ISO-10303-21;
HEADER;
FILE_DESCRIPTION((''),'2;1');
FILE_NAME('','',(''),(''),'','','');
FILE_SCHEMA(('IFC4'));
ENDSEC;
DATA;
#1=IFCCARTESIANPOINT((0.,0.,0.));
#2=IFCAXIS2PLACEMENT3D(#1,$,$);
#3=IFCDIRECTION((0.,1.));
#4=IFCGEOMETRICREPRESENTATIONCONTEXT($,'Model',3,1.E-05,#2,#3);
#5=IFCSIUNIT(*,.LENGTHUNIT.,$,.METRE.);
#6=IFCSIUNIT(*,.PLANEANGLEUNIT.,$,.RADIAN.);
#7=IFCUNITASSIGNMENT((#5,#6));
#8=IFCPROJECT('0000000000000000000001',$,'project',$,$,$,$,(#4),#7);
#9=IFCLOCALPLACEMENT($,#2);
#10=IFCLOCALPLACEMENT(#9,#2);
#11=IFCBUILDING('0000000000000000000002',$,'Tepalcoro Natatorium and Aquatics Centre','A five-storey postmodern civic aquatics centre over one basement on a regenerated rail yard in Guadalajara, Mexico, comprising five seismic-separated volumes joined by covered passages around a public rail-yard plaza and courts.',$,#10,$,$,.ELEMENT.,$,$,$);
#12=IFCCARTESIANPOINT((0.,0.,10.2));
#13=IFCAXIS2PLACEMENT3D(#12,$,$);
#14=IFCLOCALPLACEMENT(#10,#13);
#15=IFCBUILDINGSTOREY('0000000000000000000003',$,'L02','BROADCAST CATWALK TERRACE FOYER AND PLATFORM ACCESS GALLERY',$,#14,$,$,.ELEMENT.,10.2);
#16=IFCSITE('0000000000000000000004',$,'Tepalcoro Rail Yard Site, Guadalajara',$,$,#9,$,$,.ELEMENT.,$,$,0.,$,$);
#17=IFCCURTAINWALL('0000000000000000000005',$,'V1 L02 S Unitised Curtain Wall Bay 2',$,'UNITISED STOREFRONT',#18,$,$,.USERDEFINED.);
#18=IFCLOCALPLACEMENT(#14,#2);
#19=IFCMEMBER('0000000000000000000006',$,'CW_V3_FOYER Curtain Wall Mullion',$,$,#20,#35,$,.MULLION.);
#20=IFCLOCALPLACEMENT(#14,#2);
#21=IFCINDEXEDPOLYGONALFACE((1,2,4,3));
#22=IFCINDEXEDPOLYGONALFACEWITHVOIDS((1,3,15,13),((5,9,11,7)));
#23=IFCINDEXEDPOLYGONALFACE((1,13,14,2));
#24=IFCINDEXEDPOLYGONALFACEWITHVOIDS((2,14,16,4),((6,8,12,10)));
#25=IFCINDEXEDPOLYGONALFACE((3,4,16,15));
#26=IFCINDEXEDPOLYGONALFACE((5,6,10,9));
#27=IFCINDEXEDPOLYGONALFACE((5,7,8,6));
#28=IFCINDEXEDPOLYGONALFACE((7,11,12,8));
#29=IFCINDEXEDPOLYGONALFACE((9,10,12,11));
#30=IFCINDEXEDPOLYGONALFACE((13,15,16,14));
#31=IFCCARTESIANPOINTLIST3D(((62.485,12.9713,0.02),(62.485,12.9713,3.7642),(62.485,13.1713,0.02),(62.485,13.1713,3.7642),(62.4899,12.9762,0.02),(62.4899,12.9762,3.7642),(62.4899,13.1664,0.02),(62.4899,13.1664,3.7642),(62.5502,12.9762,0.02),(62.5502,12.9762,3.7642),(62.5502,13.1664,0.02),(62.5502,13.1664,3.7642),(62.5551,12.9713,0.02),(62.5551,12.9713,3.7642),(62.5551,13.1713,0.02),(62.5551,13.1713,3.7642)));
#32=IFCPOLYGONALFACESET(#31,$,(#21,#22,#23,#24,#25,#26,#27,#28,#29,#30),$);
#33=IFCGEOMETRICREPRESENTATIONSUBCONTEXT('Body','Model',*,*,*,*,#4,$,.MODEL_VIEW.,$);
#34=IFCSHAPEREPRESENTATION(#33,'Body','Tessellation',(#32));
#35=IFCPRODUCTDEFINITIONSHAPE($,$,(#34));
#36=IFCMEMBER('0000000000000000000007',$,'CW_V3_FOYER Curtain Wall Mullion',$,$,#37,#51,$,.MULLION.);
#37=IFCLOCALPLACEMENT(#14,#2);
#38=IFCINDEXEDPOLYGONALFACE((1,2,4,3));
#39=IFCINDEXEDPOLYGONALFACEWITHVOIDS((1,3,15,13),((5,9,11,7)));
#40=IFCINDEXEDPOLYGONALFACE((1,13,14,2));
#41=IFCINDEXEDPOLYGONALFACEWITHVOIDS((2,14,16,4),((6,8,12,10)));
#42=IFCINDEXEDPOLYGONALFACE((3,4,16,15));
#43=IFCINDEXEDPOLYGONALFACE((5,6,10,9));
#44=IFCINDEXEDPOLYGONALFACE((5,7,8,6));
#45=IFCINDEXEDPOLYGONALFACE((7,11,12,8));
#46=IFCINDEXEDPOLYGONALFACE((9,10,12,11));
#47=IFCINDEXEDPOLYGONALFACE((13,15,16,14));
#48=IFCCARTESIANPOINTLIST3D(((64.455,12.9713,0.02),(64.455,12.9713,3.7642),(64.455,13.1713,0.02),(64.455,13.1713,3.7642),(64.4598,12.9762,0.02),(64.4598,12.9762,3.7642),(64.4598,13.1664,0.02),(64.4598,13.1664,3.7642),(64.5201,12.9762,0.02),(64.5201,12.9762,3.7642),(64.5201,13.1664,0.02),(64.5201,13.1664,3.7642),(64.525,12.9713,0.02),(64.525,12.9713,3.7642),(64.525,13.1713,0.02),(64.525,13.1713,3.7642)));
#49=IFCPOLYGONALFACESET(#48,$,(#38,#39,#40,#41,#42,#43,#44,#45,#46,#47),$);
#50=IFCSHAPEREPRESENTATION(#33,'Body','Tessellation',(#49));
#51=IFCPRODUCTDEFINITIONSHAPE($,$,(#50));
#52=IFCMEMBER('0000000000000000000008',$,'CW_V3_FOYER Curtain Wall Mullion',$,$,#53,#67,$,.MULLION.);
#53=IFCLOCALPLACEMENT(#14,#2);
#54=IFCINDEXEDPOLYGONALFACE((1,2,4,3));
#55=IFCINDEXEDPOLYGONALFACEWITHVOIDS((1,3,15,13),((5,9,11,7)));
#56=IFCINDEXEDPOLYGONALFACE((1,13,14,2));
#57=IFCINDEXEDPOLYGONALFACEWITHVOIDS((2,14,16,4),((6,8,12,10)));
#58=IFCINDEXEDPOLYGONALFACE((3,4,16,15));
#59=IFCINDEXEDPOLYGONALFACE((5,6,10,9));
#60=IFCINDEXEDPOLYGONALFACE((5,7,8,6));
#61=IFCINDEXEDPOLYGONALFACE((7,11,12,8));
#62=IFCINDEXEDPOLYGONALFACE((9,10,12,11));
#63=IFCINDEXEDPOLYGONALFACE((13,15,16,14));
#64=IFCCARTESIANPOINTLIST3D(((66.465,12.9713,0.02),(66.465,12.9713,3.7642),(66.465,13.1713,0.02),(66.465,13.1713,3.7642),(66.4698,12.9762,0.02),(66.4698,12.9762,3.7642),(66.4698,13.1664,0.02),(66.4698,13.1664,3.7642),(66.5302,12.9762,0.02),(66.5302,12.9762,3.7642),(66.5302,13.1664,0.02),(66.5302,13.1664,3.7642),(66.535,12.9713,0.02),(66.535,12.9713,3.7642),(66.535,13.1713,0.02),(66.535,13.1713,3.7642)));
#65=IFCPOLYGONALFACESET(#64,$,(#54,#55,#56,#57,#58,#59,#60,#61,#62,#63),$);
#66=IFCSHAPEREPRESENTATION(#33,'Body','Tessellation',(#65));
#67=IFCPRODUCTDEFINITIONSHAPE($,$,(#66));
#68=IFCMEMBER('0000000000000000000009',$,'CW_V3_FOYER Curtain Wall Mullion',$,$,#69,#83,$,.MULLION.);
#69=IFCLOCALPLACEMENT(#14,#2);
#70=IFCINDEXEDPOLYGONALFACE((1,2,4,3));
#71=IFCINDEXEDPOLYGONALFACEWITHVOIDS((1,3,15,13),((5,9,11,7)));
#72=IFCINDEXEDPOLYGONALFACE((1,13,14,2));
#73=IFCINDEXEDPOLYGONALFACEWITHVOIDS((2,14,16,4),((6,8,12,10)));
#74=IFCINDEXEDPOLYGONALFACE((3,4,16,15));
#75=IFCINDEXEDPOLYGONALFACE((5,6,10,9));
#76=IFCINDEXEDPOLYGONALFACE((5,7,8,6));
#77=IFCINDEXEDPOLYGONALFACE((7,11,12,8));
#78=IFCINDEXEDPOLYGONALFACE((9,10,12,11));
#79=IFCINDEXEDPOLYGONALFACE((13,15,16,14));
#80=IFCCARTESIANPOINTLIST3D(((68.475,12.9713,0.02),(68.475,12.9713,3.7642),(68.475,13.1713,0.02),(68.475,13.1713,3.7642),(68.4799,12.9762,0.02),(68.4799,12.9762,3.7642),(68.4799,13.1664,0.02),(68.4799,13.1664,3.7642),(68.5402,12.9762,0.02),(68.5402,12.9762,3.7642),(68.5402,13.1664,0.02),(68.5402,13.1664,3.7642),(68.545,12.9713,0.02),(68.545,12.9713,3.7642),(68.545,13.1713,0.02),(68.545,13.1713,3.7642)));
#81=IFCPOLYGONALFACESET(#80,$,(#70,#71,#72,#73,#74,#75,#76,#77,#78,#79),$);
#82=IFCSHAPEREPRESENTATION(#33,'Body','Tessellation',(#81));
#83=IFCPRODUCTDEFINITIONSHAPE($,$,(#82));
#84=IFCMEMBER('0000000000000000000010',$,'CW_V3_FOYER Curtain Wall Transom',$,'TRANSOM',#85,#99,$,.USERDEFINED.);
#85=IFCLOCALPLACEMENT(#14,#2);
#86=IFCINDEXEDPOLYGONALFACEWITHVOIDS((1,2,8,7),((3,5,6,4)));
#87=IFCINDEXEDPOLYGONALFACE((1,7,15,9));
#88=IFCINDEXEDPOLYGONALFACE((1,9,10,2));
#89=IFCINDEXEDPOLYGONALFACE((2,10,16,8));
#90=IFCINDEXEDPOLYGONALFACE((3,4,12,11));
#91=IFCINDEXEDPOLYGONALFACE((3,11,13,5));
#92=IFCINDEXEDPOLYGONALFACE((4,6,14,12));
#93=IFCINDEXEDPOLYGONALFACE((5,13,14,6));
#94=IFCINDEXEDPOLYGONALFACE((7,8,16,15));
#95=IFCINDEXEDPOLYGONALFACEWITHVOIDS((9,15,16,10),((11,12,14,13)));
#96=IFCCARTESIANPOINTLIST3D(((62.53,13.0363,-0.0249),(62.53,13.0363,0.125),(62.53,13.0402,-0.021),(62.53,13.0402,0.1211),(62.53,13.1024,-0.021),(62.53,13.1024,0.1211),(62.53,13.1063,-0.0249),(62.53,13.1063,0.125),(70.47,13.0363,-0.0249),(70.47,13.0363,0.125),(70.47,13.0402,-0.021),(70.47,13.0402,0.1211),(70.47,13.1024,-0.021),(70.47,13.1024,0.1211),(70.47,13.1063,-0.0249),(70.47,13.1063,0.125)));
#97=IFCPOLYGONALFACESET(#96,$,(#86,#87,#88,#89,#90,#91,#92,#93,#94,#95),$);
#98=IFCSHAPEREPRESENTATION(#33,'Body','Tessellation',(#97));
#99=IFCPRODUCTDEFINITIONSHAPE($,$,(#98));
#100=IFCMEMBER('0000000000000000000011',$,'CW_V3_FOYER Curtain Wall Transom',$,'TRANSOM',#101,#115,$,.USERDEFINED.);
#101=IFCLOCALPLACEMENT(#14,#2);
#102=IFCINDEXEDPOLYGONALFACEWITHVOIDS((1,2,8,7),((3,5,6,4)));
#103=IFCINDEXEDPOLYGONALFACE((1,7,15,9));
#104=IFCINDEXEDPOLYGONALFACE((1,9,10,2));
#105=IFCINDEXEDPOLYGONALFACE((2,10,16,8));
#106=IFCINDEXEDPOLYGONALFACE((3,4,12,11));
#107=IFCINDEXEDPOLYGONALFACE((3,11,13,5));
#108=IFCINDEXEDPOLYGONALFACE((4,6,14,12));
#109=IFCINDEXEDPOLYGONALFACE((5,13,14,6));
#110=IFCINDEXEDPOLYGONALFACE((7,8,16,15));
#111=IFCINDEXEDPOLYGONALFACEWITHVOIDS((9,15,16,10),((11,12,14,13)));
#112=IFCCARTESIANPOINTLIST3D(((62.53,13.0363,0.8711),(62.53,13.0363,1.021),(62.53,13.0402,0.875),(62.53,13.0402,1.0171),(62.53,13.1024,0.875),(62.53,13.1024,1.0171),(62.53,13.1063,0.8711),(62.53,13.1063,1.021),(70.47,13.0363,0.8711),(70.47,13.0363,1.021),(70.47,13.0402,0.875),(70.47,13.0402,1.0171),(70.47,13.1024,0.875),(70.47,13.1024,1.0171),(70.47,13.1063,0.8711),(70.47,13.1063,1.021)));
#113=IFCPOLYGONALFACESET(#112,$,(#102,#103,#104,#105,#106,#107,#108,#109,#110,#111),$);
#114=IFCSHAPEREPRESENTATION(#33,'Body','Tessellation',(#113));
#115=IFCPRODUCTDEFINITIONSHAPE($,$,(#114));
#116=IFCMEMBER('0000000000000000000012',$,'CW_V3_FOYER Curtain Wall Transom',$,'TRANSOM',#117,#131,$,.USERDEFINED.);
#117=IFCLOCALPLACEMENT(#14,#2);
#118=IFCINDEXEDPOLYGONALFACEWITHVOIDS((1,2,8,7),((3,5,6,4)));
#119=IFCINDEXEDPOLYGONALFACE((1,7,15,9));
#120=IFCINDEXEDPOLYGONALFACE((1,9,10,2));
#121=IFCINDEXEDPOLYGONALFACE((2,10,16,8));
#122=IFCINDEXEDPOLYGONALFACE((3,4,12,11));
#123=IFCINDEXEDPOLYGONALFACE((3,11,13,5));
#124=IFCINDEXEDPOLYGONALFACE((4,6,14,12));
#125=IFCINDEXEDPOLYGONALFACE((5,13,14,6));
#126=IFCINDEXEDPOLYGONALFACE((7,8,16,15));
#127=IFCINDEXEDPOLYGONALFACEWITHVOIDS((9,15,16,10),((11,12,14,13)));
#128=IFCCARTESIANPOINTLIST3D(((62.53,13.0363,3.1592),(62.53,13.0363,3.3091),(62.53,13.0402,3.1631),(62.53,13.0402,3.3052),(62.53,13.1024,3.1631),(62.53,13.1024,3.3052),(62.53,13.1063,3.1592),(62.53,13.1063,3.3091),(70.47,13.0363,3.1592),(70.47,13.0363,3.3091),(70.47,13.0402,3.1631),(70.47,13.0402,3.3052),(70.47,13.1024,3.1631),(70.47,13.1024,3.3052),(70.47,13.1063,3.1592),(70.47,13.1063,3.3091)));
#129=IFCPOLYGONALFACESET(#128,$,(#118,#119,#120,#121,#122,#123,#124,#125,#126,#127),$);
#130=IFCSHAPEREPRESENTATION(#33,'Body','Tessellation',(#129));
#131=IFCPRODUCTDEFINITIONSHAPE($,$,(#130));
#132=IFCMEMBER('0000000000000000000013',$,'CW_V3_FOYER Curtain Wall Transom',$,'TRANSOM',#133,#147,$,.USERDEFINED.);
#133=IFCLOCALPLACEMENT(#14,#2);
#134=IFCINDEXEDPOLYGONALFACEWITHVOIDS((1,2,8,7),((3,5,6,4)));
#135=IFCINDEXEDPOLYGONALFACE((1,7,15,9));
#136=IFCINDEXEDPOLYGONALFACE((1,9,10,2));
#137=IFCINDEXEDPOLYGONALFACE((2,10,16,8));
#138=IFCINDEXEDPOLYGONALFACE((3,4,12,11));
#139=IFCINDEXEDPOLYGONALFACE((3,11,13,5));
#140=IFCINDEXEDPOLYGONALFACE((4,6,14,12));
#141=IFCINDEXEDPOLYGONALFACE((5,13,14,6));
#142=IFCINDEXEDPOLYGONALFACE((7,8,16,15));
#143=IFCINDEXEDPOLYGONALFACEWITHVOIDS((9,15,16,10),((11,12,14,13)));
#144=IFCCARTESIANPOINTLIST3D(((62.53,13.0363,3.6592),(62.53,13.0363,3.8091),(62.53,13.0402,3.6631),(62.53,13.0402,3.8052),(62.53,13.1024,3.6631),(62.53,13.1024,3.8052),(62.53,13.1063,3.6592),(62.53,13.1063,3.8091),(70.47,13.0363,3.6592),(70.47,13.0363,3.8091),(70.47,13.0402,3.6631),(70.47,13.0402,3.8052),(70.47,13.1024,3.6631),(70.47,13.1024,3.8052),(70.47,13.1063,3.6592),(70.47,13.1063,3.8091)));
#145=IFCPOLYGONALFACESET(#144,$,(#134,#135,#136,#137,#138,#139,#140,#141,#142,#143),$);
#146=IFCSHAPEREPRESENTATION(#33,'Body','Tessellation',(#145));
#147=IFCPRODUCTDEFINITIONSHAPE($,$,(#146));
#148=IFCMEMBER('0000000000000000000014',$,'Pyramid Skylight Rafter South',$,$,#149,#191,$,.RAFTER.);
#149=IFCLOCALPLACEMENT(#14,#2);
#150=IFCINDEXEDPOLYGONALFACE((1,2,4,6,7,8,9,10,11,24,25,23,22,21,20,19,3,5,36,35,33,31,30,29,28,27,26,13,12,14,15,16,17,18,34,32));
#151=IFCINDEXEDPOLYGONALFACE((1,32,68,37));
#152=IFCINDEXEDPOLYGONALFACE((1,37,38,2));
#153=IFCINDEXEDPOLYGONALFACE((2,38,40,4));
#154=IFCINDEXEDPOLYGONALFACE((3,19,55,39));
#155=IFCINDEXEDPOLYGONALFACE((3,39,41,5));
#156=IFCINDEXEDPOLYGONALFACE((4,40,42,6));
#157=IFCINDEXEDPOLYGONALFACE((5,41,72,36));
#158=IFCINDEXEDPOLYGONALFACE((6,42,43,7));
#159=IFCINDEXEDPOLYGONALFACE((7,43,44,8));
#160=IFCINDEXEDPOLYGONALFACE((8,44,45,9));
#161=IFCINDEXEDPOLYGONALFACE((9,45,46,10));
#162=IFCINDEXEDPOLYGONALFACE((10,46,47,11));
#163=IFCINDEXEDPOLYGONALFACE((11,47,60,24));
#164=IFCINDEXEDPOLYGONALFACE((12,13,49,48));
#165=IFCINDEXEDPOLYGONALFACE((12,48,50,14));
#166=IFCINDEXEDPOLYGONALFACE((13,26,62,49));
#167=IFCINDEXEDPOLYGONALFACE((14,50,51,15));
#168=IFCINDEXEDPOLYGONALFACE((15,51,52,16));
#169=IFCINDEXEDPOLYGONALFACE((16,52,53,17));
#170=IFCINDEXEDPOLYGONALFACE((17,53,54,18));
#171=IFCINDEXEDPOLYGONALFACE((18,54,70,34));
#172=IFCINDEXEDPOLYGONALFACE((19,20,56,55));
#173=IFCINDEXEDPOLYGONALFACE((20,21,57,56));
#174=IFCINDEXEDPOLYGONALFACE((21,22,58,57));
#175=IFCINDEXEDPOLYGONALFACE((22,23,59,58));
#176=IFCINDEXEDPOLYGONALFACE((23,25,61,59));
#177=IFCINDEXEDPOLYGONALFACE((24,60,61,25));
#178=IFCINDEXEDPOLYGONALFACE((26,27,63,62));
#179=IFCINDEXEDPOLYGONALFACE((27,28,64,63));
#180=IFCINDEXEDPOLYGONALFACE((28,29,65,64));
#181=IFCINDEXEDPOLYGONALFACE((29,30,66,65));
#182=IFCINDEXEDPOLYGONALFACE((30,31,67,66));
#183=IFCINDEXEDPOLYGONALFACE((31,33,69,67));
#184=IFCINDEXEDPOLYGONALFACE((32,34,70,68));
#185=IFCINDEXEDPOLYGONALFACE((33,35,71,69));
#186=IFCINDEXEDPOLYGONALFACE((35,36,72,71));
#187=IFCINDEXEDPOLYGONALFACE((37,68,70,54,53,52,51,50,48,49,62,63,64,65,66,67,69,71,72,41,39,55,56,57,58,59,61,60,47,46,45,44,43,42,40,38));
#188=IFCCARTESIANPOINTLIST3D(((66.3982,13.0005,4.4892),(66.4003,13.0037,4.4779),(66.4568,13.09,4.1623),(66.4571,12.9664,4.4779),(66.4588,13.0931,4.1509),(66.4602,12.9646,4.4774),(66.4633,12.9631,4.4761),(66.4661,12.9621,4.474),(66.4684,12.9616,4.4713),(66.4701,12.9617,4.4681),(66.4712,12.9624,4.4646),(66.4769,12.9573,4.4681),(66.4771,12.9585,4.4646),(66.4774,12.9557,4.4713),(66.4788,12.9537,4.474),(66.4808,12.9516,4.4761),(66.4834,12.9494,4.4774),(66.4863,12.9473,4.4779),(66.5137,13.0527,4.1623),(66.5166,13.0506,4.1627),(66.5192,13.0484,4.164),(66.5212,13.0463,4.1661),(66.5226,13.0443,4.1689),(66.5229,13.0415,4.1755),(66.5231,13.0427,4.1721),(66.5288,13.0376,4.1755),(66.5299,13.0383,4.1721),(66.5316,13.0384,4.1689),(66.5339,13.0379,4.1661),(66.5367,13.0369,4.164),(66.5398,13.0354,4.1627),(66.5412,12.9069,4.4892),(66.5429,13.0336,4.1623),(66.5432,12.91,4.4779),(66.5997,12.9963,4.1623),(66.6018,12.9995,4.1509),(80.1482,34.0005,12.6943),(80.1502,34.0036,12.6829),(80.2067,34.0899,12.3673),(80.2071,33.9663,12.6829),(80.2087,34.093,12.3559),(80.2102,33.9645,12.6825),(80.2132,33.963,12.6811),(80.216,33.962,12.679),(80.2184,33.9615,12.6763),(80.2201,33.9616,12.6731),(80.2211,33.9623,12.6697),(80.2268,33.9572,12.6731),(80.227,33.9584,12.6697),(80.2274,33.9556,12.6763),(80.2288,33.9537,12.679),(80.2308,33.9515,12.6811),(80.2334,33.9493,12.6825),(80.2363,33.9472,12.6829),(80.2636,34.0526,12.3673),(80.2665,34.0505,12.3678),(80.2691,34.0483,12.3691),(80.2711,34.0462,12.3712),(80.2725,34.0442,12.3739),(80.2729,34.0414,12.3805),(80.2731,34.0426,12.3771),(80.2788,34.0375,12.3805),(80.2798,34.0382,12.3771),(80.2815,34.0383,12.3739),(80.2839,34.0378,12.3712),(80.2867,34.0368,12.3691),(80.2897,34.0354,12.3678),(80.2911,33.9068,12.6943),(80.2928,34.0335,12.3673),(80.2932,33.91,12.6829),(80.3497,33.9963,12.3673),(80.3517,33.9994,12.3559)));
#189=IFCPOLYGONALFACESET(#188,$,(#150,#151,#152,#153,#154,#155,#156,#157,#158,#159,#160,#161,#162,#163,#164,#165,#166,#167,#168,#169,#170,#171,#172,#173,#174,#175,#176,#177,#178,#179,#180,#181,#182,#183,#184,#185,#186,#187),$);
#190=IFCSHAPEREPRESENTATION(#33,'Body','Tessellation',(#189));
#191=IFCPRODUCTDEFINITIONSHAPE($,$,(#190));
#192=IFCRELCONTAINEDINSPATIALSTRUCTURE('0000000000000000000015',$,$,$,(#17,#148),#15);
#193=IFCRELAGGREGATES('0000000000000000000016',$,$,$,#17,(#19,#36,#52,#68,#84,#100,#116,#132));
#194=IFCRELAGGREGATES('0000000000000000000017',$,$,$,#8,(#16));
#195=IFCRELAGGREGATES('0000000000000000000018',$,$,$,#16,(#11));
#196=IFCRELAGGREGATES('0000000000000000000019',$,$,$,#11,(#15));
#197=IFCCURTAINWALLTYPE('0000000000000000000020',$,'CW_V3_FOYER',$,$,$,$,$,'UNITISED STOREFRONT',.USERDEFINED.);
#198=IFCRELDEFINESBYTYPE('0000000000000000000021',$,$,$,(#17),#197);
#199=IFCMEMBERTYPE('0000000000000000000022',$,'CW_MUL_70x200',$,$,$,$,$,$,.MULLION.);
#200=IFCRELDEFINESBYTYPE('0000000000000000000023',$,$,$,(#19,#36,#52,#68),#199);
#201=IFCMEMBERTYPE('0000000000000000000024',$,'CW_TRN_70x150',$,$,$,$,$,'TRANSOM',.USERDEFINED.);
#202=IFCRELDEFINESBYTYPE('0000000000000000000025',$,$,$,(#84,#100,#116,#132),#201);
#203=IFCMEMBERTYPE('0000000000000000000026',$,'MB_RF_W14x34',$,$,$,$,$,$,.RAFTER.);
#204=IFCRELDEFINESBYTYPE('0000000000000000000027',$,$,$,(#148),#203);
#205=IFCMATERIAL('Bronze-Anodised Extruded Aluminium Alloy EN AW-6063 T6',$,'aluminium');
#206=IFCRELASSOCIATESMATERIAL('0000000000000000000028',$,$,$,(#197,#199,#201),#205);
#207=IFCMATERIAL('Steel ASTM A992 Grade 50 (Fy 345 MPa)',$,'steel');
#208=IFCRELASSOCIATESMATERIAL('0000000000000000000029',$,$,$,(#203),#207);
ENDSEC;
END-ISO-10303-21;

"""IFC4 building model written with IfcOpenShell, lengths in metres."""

from ifc_helpers import new_model, si_unit, direction, frame, origin, origin_2d, place, context, subcontext, project, spatial, hollow_rectangle, i_section, extrude, material, material_profile, profile_set, type_object, element, aggregate, save


model = new_model("IFC4")

# Units and contexts
model_context = context("Model", 3, precision=1e-05, world=origin(), true_north=direction((0.0, 1.0)))
body_context = subcontext(model_context, "Body", "Model", "MODEL_VIEW")
ifc_project = project(units=[si_unit("LENGTHUNIT", "METRE"), si_unit("PLANEANGLEUNIT", "RADIAN")], contexts=[model_context])

# Site, building, storey
site_placement = place(None, origin())
site = spatial("IfcSite", under=ifc_project, at=site_placement, Name="Tepalcoro Rail Yard Site, Guadalajara", CompositionType="ELEMENT", RefElevation=0.0)
building_placement = place(site_placement, origin())
building = spatial("IfcBuilding", under=site, at=building_placement, Name="Tepalcoro Natatorium and Aquatics Centre", Description="A five-storey postmodern civic aquatics centre over one basement on a regenerated rail yard in Guadalajara, Mexico, comprising five seismic-separated volumes joined by covered passages around a public rail-yard plaza and courts.", CompositionType="ELEMENT")
storey_placement = place(building_placement, frame((0.0, 0.0, 10.2)))
storey = spatial("IfcBuildingStorey", under=building, at=storey_placement, Name="L02", Description="BROADCAST CATWALK TERRACE FOYER AND PLATFORM ACCESS GALLERY", CompositionType="ELEMENT", Elevation=10.2)

# Curtain wall, members
ifc_material_1 = material(Name="Bronze-Anodised Extruded Aluminium Alloy EN AW-6063 T6", Category="aluminium")
curtain_wall_type = type_object("IfcCurtainWallType", Name="CW_V3_FOYER", ElementType="UNITISED STOREFRONT", PredefinedType="USERDEFINED", material=ifc_material_1)
curtain_wall_placement = place(storey_placement, origin())
curtain_wall = element("IfcCurtainWall", 1, at=curtain_wall_placement, inside=storey, type_object=curtain_wall_type, Name="V1 L02 S Unitised Curtain Wall Bay 2", ObjectType="UNITISED STOREFRONT", PredefinedType="USERDEFINED")
ifc_material_profile_1 = material_profile(ifc_material_1, hollow_rectangle(XDim=0.0701, YDim=0.2, WallThickness=0.0049, at=origin_2d()), Name="AL70X200X5")
ifc_profile_set_1 = profile_set([ifc_material_profile_1], Name="Bronze-Anodised Extruded Aluminium Alloy EN AW-6063 T6")
member_type_1 = type_object("IfcMemberType", Name="CW_MUL_70x200", PredefinedType="MULLION", material=ifc_profile_set_1)
member_1_placement = place(storey_placement, frame((62.52, 13.0713, 0.02), z_axis=(0.0, 0.0, 1.0), x_axis=(1.0, 0.0, 0.0)))
member_1 = element("IfcMember", 2, at=member_1_placement, type_object=member_type_1, Name="CW_V3_FOYER Curtain Wall Mullion", PredefinedType="MULLION", context=body_context, shape_type="SweptSolid", body=[
    extrude(hollow_rectangle(XDim=0.0701, YDim=0.2, WallThickness=0.0049, at=origin_2d()), origin(), (0.0, 0.0, 1.0), 3.7441),
])
member_2_placement = place(storey_placement, frame((64.49, 13.0713, 0.02), z_axis=(0.0, 0.0, 1.0), x_axis=(1.0, 0.0, 0.0)))
member_2 = element("IfcMember", 3, at=member_2_placement, type_object=member_type_1, Name="CW_V3_FOYER Curtain Wall Mullion", PredefinedType="MULLION", context=body_context, shape_type="SweptSolid", body=[
    extrude(hollow_rectangle(XDim=0.0701, YDim=0.2, WallThickness=0.0049, at=origin_2d()), origin(), (0.0, 0.0, 1.0), 3.7441),
])
member_3_placement = place(storey_placement, frame((66.5, 13.0713, 0.02), z_axis=(0.0, 0.0, 1.0), x_axis=(1.0, 0.0, 0.0)))
member_3 = element("IfcMember", 4, at=member_3_placement, type_object=member_type_1, Name="CW_V3_FOYER Curtain Wall Mullion", PredefinedType="MULLION", context=body_context, shape_type="SweptSolid", body=[
    extrude(hollow_rectangle(XDim=0.0701, YDim=0.2, WallThickness=0.0049, at=origin_2d()), origin(), (0.0, 0.0, 1.0), 3.7441),
])
member_4_placement = place(storey_placement, frame((68.51, 13.0713, 0.02), z_axis=(0.0, 0.0, 1.0), x_axis=(1.0, 0.0, 0.0)))
member_4 = element("IfcMember", 5, at=member_4_placement, type_object=member_type_1, Name="CW_V3_FOYER Curtain Wall Mullion", PredefinedType="MULLION", context=body_context, shape_type="SweptSolid", body=[
    extrude(hollow_rectangle(XDim=0.0701, YDim=0.2, WallThickness=0.0049, at=origin_2d()), origin(), (0.0, 0.0, 1.0), 3.7441),
])
ifc_material_profile_2 = material_profile(ifc_material_1, hollow_rectangle(XDim=0.0701, YDim=0.1499, WallThickness=0.0039, at=origin_2d()), Name="AL70X150X4")
ifc_profile_set_2 = profile_set([ifc_material_profile_2], Name="Bronze-Anodised Extruded Aluminium Alloy EN AW-6063 T6")
member_type_2 = type_object("IfcMemberType", Name="CW_TRN_70x150", ElementType="TRANSOM", PredefinedType="USERDEFINED", material=ifc_profile_set_2)
member_5_placement = place(storey_placement, frame((62.53, 13.0713, 0.05), z_axis=(1.0, 0.0, 0.0), x_axis=(0.0, 1.0, 0.0)))
member_5 = element("IfcMember", 6, at=member_5_placement, type_object=member_type_2, Name="CW_V3_FOYER Curtain Wall Transom", ObjectType="TRANSOM", PredefinedType="USERDEFINED", context=body_context, shape_type="SweptSolid", body=[
    extrude(hollow_rectangle(XDim=0.0701, YDim=0.1499, WallThickness=0.0039, at=origin_2d()), origin(), (0.0, 0.0, 1.0), 7.9399),
])
member_6_placement = place(storey_placement, frame((62.53, 13.0713, 0.946), z_axis=(1.0, 0.0, 0.0), x_axis=(0.0, 1.0, 0.0)))
member_6 = element("IfcMember", 7, at=member_6_placement, type_object=member_type_2, Name="CW_V3_FOYER Curtain Wall Transom", ObjectType="TRANSOM", PredefinedType="USERDEFINED", context=body_context, shape_type="SweptSolid", body=[
    extrude(hollow_rectangle(XDim=0.0701, YDim=0.1499, WallThickness=0.0039, at=origin_2d()), origin(), (0.0, 0.0, 1.0), 7.9399),
])
member_7_placement = place(storey_placement, frame((62.53, 13.0713, 3.2341), z_axis=(1.0, 0.0, 0.0), x_axis=(0.0, 1.0, 0.0)))
member_7 = element("IfcMember", 8, at=member_7_placement, type_object=member_type_2, Name="CW_V3_FOYER Curtain Wall Transom", ObjectType="TRANSOM", PredefinedType="USERDEFINED", context=body_context, shape_type="SweptSolid", body=[
    extrude(hollow_rectangle(XDim=0.0701, YDim=0.1499, WallThickness=0.0039, at=origin_2d()), origin(), (0.0, 0.0, 1.0), 7.9399),
])
member_8_placement = place(storey_placement, frame((62.53, 13.0713, 3.7341), z_axis=(1.0, 0.0, 0.0), x_axis=(0.0, 1.0, 0.0)))
member_8 = element("IfcMember", 9, at=member_8_placement, type_object=member_type_2, Name="CW_V3_FOYER Curtain Wall Transom", ObjectType="TRANSOM", PredefinedType="USERDEFINED", context=body_context, shape_type="SweptSolid", body=[
    extrude(hollow_rectangle(XDim=0.0701, YDim=0.1499, WallThickness=0.0039, at=origin_2d()), origin(), (0.0, 0.0, 1.0), 7.9399),
])

# Member
ifc_material_2 = material(Name="Steel ASTM A992 Grade 50 (Fy 345 MPa)", Category="steel")
ifc_material_profile_3 = material_profile(ifc_material_2, i_section(OverallWidth=0.1709, OverallDepth=0.356, WebThickness=0.0071, FlangeThickness=0.012, FilletRadius=0.0139, at=origin_2d()), Name="W14X34")
ifc_profile_set_3 = profile_set([ifc_material_profile_3], Name="Steel ASTM A992 Grade 50 (Fy 345 MPa)")
member_type_3 = type_object("IfcMemberType", Name="MB_RF_W14x34", PredefinedType="RAFTER", material=ifc_profile_set_3)
member_9_placement = place(storey_placement, frame((66.5, 13.0, 4.3201), z_axis=(0.520674, 0.795212, 0.310704), x_axis=(-0.836619, 0.547786, 0.0)))
element("IfcMember", 10, at=member_9_placement, inside=storey, type_object=member_type_3, Name="Pyramid Skylight Rafter South", PredefinedType="RAFTER", context=body_context, shape_type="SweptSolid", body=[
    extrude(i_section(OverallWidth=0.1709, OverallDepth=0.356, WebThickness=0.0071, FlangeThickness=0.012, FilletRadius=0.0139, at=origin_2d()), origin(), (0.0, 0.0, 1.0), 26.408),
])

aggregate(curtain_wall, [member_1, member_2, member_3, member_4, member_5, member_6, member_7, member_8])

save(model, "model.ifc")
